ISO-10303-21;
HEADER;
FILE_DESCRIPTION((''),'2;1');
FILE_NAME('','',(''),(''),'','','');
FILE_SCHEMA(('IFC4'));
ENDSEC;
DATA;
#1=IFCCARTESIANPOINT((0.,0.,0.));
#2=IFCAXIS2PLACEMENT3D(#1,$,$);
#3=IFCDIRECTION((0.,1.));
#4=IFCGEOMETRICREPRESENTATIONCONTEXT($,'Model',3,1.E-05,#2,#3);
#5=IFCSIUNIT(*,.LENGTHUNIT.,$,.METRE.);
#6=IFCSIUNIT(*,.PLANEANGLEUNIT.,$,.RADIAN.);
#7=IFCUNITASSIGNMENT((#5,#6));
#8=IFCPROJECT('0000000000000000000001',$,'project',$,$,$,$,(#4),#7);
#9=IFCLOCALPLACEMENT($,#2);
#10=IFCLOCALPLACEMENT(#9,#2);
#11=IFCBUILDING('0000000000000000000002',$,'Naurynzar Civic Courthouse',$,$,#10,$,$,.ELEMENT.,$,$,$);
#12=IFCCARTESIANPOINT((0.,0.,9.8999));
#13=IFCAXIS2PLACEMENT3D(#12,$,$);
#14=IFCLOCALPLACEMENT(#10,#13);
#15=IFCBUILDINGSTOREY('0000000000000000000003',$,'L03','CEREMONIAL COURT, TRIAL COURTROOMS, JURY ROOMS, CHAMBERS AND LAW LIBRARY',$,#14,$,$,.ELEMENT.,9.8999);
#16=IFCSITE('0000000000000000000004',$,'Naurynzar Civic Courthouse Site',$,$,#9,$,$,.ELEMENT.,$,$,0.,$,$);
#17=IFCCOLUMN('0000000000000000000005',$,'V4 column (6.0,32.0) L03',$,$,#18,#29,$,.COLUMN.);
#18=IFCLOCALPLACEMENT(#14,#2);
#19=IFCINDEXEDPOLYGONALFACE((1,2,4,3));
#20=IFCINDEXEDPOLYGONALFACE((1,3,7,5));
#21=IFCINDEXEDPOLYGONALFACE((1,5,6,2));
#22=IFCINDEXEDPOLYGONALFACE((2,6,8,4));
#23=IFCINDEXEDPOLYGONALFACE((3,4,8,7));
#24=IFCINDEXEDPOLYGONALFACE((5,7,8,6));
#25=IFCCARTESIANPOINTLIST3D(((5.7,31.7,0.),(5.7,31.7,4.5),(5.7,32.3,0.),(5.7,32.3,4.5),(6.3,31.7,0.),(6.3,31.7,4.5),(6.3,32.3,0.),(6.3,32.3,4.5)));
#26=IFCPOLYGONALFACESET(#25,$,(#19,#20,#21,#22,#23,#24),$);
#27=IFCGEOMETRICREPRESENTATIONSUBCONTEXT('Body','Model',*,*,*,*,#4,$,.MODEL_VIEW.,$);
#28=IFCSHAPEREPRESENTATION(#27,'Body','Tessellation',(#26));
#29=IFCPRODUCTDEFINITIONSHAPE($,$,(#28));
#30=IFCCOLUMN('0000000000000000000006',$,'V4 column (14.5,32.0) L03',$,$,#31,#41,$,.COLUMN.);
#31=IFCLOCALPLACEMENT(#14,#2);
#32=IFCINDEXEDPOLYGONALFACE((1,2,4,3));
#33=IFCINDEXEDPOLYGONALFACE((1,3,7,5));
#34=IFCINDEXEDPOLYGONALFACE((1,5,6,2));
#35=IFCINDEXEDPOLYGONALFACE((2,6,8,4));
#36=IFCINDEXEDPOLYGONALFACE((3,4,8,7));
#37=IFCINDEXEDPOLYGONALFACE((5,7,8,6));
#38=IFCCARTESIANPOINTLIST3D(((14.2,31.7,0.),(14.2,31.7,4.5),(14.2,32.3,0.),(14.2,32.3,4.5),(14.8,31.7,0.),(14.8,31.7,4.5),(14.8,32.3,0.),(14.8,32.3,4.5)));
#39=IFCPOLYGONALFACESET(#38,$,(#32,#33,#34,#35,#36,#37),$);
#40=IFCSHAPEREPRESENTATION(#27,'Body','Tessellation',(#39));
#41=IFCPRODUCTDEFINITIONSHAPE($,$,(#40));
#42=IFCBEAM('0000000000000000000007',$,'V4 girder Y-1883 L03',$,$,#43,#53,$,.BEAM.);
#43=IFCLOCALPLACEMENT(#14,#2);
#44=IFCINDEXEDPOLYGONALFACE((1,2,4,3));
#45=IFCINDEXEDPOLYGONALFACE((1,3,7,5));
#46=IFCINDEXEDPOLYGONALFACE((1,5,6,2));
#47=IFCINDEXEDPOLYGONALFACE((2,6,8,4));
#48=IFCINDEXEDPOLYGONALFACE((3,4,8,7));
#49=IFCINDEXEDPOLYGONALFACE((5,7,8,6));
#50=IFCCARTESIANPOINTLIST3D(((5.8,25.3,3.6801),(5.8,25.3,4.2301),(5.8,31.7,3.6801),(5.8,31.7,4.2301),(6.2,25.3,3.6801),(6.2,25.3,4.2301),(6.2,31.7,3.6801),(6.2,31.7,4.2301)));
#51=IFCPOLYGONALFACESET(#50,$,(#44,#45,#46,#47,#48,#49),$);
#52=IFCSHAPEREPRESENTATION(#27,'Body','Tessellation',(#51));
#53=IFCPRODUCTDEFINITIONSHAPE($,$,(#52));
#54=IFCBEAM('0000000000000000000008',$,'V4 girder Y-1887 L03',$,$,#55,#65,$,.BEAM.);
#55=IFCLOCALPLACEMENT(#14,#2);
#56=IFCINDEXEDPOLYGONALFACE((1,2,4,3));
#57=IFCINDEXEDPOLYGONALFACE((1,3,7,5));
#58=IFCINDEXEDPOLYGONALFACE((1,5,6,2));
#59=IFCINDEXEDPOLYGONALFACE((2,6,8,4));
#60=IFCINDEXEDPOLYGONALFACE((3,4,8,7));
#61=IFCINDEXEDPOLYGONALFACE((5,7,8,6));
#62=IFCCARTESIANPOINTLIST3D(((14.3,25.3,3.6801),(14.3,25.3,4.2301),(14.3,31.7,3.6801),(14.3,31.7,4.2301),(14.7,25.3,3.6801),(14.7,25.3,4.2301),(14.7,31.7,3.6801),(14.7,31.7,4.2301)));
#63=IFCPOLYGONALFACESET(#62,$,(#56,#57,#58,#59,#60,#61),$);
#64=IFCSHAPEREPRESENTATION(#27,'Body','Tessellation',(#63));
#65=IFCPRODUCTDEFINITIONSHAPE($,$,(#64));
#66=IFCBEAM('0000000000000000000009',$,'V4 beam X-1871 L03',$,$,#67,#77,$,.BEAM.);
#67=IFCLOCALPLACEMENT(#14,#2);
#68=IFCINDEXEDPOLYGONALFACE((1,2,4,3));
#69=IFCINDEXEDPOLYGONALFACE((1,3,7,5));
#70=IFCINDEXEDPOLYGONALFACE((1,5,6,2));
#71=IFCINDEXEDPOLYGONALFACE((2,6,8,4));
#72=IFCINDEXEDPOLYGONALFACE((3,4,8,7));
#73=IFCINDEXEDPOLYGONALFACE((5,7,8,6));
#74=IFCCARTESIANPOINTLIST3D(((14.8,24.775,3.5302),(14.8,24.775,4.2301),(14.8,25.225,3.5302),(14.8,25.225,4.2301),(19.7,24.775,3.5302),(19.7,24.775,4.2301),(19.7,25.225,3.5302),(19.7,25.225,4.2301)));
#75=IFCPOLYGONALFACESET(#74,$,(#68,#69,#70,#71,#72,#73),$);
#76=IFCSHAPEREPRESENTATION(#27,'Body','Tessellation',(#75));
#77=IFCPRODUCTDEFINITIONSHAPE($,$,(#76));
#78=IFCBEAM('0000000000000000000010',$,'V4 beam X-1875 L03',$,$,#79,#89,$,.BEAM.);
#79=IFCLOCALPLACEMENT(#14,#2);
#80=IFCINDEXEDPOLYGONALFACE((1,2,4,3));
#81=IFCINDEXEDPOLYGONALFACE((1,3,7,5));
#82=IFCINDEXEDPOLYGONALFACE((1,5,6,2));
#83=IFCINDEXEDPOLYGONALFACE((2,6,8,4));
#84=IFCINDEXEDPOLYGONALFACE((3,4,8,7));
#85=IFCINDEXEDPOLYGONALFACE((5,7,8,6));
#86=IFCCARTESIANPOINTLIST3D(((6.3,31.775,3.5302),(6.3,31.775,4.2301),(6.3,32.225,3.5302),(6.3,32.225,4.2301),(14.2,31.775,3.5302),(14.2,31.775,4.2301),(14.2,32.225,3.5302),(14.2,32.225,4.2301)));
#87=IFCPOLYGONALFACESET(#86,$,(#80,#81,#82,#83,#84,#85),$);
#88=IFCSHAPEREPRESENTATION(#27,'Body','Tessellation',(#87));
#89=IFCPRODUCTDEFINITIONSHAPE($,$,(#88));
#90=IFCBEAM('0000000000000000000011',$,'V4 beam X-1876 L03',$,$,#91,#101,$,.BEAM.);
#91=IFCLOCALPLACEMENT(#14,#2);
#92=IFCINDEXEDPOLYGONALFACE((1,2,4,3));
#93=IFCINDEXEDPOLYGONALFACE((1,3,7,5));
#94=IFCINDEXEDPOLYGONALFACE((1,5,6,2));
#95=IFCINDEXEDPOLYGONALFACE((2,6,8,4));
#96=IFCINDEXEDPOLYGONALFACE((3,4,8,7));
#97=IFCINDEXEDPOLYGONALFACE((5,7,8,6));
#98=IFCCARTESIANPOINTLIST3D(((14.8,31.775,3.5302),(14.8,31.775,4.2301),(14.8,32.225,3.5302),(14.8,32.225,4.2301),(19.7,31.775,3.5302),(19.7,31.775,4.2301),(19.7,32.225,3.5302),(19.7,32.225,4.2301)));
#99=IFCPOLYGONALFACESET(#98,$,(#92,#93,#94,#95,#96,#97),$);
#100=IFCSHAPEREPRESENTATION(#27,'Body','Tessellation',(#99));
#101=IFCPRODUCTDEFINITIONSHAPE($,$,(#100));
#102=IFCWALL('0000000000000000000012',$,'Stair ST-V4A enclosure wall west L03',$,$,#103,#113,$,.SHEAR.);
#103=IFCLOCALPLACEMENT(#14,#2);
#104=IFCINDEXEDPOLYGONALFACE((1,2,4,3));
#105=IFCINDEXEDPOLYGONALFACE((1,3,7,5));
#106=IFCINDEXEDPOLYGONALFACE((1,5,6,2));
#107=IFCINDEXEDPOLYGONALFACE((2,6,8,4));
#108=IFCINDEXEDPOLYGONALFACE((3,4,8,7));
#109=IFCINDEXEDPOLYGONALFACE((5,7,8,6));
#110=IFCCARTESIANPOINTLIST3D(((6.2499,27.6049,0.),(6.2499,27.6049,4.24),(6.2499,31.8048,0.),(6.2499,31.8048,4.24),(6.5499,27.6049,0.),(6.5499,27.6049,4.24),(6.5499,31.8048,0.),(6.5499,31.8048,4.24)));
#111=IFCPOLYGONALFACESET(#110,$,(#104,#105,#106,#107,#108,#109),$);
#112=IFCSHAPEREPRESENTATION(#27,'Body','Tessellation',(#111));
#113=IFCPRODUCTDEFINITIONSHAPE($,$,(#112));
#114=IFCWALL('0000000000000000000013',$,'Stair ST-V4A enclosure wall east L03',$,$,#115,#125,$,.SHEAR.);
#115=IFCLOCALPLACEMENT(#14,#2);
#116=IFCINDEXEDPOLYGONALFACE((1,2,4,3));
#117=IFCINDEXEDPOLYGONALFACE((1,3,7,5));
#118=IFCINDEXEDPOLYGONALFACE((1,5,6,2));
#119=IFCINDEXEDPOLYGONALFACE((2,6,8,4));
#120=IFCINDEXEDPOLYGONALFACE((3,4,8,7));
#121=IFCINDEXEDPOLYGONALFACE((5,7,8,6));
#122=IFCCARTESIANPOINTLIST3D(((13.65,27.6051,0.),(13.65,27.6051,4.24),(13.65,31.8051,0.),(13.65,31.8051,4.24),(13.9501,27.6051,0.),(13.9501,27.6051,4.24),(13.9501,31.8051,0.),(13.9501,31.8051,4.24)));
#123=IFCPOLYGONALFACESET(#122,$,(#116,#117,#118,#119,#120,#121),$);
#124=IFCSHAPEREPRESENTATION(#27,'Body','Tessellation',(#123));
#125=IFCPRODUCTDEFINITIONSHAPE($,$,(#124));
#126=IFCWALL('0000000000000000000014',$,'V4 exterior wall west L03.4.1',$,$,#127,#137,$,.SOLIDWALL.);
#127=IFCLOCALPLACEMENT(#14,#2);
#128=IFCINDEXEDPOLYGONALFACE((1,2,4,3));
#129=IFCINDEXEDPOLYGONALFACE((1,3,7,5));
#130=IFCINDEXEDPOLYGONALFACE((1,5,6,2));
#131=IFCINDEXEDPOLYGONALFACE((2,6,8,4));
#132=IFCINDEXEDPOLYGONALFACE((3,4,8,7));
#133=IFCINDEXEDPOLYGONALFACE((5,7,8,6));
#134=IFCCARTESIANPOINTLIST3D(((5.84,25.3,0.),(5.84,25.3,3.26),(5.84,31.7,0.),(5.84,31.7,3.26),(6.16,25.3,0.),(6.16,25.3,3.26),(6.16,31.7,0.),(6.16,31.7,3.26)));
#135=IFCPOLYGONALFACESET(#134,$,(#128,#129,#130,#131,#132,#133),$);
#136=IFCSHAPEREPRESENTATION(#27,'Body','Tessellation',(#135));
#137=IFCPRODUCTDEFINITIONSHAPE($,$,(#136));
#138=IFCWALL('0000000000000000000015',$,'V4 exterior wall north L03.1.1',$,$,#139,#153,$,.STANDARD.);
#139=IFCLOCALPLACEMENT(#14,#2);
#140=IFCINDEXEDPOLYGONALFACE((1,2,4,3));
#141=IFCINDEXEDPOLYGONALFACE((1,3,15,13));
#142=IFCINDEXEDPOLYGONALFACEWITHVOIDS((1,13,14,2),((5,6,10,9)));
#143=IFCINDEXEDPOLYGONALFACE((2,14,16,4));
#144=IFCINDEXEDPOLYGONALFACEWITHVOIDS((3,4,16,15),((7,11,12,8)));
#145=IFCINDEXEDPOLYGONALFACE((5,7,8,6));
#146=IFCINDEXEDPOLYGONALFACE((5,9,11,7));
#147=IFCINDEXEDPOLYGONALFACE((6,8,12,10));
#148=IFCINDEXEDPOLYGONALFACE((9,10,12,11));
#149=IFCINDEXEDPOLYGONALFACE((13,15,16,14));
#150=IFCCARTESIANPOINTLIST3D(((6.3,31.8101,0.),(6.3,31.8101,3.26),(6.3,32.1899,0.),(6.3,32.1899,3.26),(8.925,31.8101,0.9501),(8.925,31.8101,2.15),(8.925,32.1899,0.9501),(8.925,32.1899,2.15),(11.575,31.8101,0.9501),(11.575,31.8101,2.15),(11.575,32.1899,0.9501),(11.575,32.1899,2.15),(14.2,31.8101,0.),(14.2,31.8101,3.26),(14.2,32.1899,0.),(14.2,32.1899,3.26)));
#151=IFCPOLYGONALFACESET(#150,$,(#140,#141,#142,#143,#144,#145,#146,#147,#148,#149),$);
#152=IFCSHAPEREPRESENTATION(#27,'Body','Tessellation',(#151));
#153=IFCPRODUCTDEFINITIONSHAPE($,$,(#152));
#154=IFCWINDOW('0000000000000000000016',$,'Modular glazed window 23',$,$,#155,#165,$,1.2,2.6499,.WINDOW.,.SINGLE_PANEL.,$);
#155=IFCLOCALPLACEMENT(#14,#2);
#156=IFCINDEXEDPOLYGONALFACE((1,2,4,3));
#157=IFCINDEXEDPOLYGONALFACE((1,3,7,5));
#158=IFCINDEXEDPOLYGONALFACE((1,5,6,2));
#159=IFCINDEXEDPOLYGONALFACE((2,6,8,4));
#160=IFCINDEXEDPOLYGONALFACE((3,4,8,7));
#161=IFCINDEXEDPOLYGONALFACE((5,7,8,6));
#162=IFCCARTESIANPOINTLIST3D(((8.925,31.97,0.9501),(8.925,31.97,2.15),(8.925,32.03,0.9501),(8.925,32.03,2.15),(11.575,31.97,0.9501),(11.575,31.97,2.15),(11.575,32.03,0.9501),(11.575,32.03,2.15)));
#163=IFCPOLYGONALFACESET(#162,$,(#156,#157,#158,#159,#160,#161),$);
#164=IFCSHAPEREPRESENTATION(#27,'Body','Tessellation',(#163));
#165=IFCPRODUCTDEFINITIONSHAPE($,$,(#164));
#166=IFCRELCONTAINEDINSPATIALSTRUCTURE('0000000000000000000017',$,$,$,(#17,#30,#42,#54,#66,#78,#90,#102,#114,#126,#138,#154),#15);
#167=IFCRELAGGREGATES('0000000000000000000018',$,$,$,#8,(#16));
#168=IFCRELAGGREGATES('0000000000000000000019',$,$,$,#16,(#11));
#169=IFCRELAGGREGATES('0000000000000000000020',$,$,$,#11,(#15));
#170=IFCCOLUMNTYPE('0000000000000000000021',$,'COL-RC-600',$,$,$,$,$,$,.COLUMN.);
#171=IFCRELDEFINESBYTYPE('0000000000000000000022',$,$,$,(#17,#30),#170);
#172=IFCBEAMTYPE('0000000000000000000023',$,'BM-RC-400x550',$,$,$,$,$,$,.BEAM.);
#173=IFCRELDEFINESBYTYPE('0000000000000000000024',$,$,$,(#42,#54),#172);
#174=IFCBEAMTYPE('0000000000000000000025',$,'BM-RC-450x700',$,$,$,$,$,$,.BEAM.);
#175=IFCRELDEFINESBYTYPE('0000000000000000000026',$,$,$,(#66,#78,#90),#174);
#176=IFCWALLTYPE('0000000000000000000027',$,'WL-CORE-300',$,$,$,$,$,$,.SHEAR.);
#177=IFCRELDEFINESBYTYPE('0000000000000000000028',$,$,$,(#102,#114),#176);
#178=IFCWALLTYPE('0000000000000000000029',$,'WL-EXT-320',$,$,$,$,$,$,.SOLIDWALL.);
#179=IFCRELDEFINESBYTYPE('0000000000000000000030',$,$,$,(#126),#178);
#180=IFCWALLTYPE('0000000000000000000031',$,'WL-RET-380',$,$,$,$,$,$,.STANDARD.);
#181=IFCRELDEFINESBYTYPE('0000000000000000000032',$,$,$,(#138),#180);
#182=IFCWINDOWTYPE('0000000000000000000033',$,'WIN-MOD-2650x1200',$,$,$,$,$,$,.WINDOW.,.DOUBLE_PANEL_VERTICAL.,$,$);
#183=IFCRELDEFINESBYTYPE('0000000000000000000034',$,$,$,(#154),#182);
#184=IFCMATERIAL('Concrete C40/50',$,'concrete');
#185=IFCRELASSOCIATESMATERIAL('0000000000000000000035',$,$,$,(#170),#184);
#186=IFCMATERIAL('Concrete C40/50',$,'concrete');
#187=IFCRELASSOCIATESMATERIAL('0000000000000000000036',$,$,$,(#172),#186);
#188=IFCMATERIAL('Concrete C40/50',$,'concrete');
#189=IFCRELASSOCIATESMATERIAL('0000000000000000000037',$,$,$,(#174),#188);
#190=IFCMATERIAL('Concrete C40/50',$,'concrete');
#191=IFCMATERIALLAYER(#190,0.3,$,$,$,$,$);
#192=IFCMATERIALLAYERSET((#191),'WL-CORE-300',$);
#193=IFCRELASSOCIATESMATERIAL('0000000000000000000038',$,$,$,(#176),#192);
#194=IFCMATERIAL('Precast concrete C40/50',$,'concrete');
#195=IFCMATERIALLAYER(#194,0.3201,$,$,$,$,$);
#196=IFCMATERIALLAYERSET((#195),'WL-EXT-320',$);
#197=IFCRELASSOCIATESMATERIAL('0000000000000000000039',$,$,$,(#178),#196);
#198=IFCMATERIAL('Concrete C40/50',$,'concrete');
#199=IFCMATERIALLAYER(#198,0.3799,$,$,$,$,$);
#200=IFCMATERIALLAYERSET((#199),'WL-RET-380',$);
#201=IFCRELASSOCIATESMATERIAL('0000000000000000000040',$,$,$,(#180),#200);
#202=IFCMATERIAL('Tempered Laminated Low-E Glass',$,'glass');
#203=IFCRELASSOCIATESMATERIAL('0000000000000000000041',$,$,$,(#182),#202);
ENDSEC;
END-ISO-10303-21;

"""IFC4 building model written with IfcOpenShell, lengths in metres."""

from ifc_helpers import new_model, si_unit, direction, frame, frame_2d, origin, origin_2d, place, context, subcontext, project, spatial, rectangle, extrude, material, layer, layer_set, material_profile, profile_set, type_object, element, fill, save


model = new_model("IFC4")

# Units and contexts
model_context = context("Model", 3, precision=1e-05, world=origin(), true_north=direction((0.0, 1.0)))
body_context = subcontext(model_context, "Body", "Model", "MODEL_VIEW")
ifc_project = project(units=[si_unit("LENGTHUNIT", "METRE"), si_unit("PLANEANGLEUNIT", "RADIAN")], contexts=[model_context])

# Site, building, storey
site_placement = place(None, origin())
site = spatial("IfcSite", under=ifc_project, at=site_placement, Name="Naurynzar Civic Courthouse Site", CompositionType="ELEMENT", RefElevation=0.0)
building_placement = place(site_placement, origin())
building = spatial("IfcBuilding", under=site, at=building_placement, Name="Naurynzar Civic Courthouse", CompositionType="ELEMENT")
storey_placement = place(building_placement, frame((0.0, 0.0, 9.8999)))
storey = spatial("IfcBuildingStorey", under=building, at=storey_placement, Name="L03", Description="CEREMONIAL COURT, TRIAL COURTROOMS, JURY ROOMS, CHAMBERS AND LAW LIBRARY", CompositionType="ELEMENT", Elevation=9.8999)

# Columns
ifc_material_1 = material(Name="Concrete C40/50", Category="concrete")
ifc_material_profile_1 = material_profile(ifc_material_1, rectangle(XDim=0.6001, YDim=0.6001, at=origin_2d()), Name="RC 600x600")
ifc_profile_set_1 = profile_set([ifc_material_profile_1], Name="Concrete C40/50")
column_type = type_object("IfcColumnType", Name="COL-RC-600", PredefinedType="COLUMN", material=ifc_profile_set_1)
for number, where, z_axis, x_axis, name in (
    (1, (6.0, 32.0, 0.0), (0.0, 0.0, 1.0), (1.0, 0.0, 0.0), "V4 column (6.0,32.0) L03"),
    (2, (14.5, 32.0, 0.0), (0.0, 0.0, 1.0), (1.0, 0.0, 0.0), "V4 column (14.5,32.0) L03"),
):
    element("IfcColumn", number, at=place(storey_placement, frame(where, z_axis=z_axis, x_axis=x_axis)), inside=storey, type_object=column_type, Name=name, PredefinedType="COLUMN", context=body_context, shape_type="SweptSolid", body=[
        extrude(rectangle(XDim=0.6001, YDim=0.6001, at=origin_2d()), origin(), (0.0, 0.0, 1.0), 4.5),
    ])

# Beams
ifc_material_2 = material(Name="Concrete C40/50", Category="concrete")
ifc_material_profile_2 = material_profile(ifc_material_2, rectangle(XDim=0.3999, YDim=0.55, at=origin_2d()), Name="RCB 400x550")
ifc_profile_set_2 = profile_set([ifc_material_profile_2], Name="Concrete C40/50")
beam_type_1 = type_object("IfcBeamType", Name="BM-RC-400x550", PredefinedType="BEAM", material=ifc_profile_set_2)
for number, where, z_axis, x_axis, name in (
    (3, (6.0, 25.3, 3.9551), (0.0, 1.0, 0.0), (-1.0, 0.0, 0.0), "V4 girder Y-1883 L03"),
    (4, (14.5, 25.3, 3.9551), (0.0, 1.0, 0.0), (-1.0, 0.0, 0.0), "V4 girder Y-1887 L03"),
):
    element("IfcBeam", number, at=place(storey_placement, frame(where, z_axis=z_axis, x_axis=x_axis)), inside=storey, type_object=beam_type_1, Name=name, PredefinedType="BEAM", context=body_context, shape_type="SweptSolid", body=[
        extrude(rectangle(XDim=0.3999, YDim=0.55, at=origin_2d()), origin(), (0.0, 0.0, 1.0), 6.3999),
    ])
ifc_material_3 = material(Name="Concrete C40/50", Category="concrete")
ifc_material_profile_3 = material_profile(ifc_material_3, rectangle(XDim=0.45, YDim=0.7, at=origin_2d()), Name="RCB 450x700")
ifc_profile_set_3 = profile_set([ifc_material_profile_3], Name="Concrete C40/50")
beam_type_2 = type_object("IfcBeamType", Name="BM-RC-450x700", PredefinedType="BEAM", material=ifc_profile_set_3)
beam_1_placement = place(storey_placement, frame((14.8, 25.0, 3.8801), z_axis=(1.0, 0.0, 0.0), x_axis=(0.0, 1.0, 0.0)))
element("IfcBeam", 5, at=beam_1_placement, inside=storey, type_object=beam_type_2, Name="V4 beam X-1871 L03", PredefinedType="BEAM", context=body_context, shape_type="SweptSolid", body=[
    extrude(rectangle(XDim=0.45, YDim=0.7, at=origin_2d()), origin(), (0.0, 0.0, 1.0), 4.8999),
])
beam_2_placement = place(storey_placement, frame((6.3, 32.0, 3.8801), z_axis=(1.0, 0.0, 0.0), x_axis=(0.0, 1.0, 0.0)))
element("IfcBeam", 6, at=beam_2_placement, inside=storey, type_object=beam_type_2, Name="V4 beam X-1875 L03", PredefinedType="BEAM", context=body_context, shape_type="SweptSolid", body=[
    extrude(rectangle(XDim=0.45, YDim=0.7, at=origin_2d()), origin(), (0.0, 0.0, 1.0), 7.8999),
])
beam_3_placement = place(storey_placement, frame((14.8, 32.0, 3.8801), z_axis=(1.0, 0.0, 0.0), x_axis=(0.0, 1.0, 0.0)))
element("IfcBeam", 7, at=beam_3_placement, inside=storey, type_object=beam_type_2, Name="V4 beam X-1876 L03", PredefinedType="BEAM", context=body_context, shape_type="SweptSolid", body=[
    extrude(rectangle(XDim=0.45, YDim=0.7, at=origin_2d()), origin(), (0.0, 0.0, 1.0), 4.8999),
])

# Shared definitions
ifc_material_4 = material(Name="Concrete C40/50", Category="concrete")
ifc_layer_1 = layer(ifc_material_4, 0.3)
ifc_layer_set_1 = layer_set([ifc_layer_1], Name="WL-CORE-300")
wall_type_1 = type_object("IfcWallType", Name="WL-CORE-300", PredefinedType="SHEAR", material=ifc_layer_set_1)

# Walls
for number, where, z_axis, x_axis, name in (
    (8, (6.3999, 31.8049, 0.0), (0.0, 0.0, 1.0), (0.0, -1.0, 0.0), "Stair ST-V4A enclosure wall west L03"),
    (9, (13.8, 27.605, 0.0), (0.0, 0.0, 1.0), (0.0, 1.0, 0.0), "Stair ST-V4A enclosure wall east L03"),
):
    element("IfcWall", number, at=place(storey_placement, frame(where, z_axis=z_axis, x_axis=x_axis)), inside=storey, type_object=wall_type_1, Name=name, PredefinedType="SHEAR", context=body_context, shape_type="SweptSolid", body=[
        extrude(rectangle(XDim=4.2, YDim=0.3, at=frame_2d((2.1001, 0.0))), origin(), (0.0, 0.0, 1.0), 4.24),
    ])
ifc_material_5 = material(Name="Precast concrete C40/50", Category="concrete")
ifc_layer_2 = layer(ifc_material_5, 0.3201)
ifc_layer_set_2 = layer_set([ifc_layer_2], Name="WL-EXT-320")
wall_type_2 = type_object("IfcWallType", Name="WL-EXT-320", PredefinedType="SOLIDWALL", material=ifc_layer_set_2)
wall_1_placement = place(storey_placement, frame((6.0, 25.3, 0.0), z_axis=(0.0, 0.0, 1.0), x_axis=(0.0, 1.0, 0.0)))
element("IfcWall", 10, at=wall_1_placement, inside=storey, type_object=wall_type_2, Name="V4 exterior wall west L03.4.1", PredefinedType="SOLIDWALL", context=body_context, shape_type="SweptSolid", body=[
    extrude(rectangle(XDim=6.3999, YDim=0.3201, at=frame_2d((3.2, 0.0))), origin(), (0.0, 0.0, 1.0), 3.26),
])

# Wall, opening, window
ifc_material_6 = material(Name="Concrete C40/50", Category="concrete")
ifc_layer_3 = layer(ifc_material_6, 0.3799)
ifc_layer_set_3 = layer_set([ifc_layer_3], Name="WL-RET-380")
wall_type_3 = type_object("IfcWallType", Name="WL-RET-380", PredefinedType="STANDARD", material=ifc_layer_set_3)
wall_2_placement = place(storey_placement, frame((6.3, 32.0, 0.0), z_axis=(0.0, 0.0, 1.0), x_axis=(1.0, 0.0, 0.0)))
wall_2 = element("IfcWall", 11, at=wall_2_placement, inside=storey, type_object=wall_type_3, Name="V4 exterior wall north L03.1.1", PredefinedType="STANDARD", context=body_context, shape_type="SweptSolid", body=[
    extrude(rectangle(XDim=7.8999, YDim=0.3799, at=frame_2d((3.95, 0.0))), origin(), (0.0, 0.0, 1.0), 3.26),
])
opening_1_placement = place(wall_2_placement, frame((2.625, 0.0, 0.95)))
opening_1 = element("IfcOpeningElement", 12, at=opening_1_placement, cuts=wall_2, PredefinedType="OPENING", context=body_context, shape_type="SweptSolid", body=[
    extrude(rectangle(XDim=2.6499, YDim=1.2, at=frame_2d((1.325, 0.6001))), frame((0.0, 0.2, 0.0), z_axis=(0.0, -1.0, 0.0), x_axis=(1.0, 0.0, 0.0)), (0.0, 0.0, 1.0), 0.3999),
])
ifc_material_7 = material(Name="Tempered Laminated Low-E Glass", Category="glass")
window_type = type_object("IfcWindowType", Name="WIN-MOD-2650x1200", PartitioningType="DOUBLE_PANEL_VERTICAL", PredefinedType="WINDOW", material=ifc_material_7)
window_placement = place(opening_1_placement, origin())
window = element("IfcWindow", 13, at=window_placement, inside=storey, type_object=window_type, Name="Modular glazed window 23", OverallHeight=1.2, OverallWidth=2.6499, PartitioningType="SINGLE_PANEL", PredefinedType="WINDOW", context=body_context, shape_type="SweptSolid", body=[
    extrude(rectangle(XDim=2.6499, YDim=1.2, at=frame_2d((1.325, 0.6001))), frame((0.0, 0.03, 0.0), z_axis=(0.0, -1.0, 0.0), x_axis=(1.0, 0.0, 0.0)), (0.0, 0.0, 1.0), 0.0601),
])
fill(opening_1, window)

save(model, "model.ifc")
